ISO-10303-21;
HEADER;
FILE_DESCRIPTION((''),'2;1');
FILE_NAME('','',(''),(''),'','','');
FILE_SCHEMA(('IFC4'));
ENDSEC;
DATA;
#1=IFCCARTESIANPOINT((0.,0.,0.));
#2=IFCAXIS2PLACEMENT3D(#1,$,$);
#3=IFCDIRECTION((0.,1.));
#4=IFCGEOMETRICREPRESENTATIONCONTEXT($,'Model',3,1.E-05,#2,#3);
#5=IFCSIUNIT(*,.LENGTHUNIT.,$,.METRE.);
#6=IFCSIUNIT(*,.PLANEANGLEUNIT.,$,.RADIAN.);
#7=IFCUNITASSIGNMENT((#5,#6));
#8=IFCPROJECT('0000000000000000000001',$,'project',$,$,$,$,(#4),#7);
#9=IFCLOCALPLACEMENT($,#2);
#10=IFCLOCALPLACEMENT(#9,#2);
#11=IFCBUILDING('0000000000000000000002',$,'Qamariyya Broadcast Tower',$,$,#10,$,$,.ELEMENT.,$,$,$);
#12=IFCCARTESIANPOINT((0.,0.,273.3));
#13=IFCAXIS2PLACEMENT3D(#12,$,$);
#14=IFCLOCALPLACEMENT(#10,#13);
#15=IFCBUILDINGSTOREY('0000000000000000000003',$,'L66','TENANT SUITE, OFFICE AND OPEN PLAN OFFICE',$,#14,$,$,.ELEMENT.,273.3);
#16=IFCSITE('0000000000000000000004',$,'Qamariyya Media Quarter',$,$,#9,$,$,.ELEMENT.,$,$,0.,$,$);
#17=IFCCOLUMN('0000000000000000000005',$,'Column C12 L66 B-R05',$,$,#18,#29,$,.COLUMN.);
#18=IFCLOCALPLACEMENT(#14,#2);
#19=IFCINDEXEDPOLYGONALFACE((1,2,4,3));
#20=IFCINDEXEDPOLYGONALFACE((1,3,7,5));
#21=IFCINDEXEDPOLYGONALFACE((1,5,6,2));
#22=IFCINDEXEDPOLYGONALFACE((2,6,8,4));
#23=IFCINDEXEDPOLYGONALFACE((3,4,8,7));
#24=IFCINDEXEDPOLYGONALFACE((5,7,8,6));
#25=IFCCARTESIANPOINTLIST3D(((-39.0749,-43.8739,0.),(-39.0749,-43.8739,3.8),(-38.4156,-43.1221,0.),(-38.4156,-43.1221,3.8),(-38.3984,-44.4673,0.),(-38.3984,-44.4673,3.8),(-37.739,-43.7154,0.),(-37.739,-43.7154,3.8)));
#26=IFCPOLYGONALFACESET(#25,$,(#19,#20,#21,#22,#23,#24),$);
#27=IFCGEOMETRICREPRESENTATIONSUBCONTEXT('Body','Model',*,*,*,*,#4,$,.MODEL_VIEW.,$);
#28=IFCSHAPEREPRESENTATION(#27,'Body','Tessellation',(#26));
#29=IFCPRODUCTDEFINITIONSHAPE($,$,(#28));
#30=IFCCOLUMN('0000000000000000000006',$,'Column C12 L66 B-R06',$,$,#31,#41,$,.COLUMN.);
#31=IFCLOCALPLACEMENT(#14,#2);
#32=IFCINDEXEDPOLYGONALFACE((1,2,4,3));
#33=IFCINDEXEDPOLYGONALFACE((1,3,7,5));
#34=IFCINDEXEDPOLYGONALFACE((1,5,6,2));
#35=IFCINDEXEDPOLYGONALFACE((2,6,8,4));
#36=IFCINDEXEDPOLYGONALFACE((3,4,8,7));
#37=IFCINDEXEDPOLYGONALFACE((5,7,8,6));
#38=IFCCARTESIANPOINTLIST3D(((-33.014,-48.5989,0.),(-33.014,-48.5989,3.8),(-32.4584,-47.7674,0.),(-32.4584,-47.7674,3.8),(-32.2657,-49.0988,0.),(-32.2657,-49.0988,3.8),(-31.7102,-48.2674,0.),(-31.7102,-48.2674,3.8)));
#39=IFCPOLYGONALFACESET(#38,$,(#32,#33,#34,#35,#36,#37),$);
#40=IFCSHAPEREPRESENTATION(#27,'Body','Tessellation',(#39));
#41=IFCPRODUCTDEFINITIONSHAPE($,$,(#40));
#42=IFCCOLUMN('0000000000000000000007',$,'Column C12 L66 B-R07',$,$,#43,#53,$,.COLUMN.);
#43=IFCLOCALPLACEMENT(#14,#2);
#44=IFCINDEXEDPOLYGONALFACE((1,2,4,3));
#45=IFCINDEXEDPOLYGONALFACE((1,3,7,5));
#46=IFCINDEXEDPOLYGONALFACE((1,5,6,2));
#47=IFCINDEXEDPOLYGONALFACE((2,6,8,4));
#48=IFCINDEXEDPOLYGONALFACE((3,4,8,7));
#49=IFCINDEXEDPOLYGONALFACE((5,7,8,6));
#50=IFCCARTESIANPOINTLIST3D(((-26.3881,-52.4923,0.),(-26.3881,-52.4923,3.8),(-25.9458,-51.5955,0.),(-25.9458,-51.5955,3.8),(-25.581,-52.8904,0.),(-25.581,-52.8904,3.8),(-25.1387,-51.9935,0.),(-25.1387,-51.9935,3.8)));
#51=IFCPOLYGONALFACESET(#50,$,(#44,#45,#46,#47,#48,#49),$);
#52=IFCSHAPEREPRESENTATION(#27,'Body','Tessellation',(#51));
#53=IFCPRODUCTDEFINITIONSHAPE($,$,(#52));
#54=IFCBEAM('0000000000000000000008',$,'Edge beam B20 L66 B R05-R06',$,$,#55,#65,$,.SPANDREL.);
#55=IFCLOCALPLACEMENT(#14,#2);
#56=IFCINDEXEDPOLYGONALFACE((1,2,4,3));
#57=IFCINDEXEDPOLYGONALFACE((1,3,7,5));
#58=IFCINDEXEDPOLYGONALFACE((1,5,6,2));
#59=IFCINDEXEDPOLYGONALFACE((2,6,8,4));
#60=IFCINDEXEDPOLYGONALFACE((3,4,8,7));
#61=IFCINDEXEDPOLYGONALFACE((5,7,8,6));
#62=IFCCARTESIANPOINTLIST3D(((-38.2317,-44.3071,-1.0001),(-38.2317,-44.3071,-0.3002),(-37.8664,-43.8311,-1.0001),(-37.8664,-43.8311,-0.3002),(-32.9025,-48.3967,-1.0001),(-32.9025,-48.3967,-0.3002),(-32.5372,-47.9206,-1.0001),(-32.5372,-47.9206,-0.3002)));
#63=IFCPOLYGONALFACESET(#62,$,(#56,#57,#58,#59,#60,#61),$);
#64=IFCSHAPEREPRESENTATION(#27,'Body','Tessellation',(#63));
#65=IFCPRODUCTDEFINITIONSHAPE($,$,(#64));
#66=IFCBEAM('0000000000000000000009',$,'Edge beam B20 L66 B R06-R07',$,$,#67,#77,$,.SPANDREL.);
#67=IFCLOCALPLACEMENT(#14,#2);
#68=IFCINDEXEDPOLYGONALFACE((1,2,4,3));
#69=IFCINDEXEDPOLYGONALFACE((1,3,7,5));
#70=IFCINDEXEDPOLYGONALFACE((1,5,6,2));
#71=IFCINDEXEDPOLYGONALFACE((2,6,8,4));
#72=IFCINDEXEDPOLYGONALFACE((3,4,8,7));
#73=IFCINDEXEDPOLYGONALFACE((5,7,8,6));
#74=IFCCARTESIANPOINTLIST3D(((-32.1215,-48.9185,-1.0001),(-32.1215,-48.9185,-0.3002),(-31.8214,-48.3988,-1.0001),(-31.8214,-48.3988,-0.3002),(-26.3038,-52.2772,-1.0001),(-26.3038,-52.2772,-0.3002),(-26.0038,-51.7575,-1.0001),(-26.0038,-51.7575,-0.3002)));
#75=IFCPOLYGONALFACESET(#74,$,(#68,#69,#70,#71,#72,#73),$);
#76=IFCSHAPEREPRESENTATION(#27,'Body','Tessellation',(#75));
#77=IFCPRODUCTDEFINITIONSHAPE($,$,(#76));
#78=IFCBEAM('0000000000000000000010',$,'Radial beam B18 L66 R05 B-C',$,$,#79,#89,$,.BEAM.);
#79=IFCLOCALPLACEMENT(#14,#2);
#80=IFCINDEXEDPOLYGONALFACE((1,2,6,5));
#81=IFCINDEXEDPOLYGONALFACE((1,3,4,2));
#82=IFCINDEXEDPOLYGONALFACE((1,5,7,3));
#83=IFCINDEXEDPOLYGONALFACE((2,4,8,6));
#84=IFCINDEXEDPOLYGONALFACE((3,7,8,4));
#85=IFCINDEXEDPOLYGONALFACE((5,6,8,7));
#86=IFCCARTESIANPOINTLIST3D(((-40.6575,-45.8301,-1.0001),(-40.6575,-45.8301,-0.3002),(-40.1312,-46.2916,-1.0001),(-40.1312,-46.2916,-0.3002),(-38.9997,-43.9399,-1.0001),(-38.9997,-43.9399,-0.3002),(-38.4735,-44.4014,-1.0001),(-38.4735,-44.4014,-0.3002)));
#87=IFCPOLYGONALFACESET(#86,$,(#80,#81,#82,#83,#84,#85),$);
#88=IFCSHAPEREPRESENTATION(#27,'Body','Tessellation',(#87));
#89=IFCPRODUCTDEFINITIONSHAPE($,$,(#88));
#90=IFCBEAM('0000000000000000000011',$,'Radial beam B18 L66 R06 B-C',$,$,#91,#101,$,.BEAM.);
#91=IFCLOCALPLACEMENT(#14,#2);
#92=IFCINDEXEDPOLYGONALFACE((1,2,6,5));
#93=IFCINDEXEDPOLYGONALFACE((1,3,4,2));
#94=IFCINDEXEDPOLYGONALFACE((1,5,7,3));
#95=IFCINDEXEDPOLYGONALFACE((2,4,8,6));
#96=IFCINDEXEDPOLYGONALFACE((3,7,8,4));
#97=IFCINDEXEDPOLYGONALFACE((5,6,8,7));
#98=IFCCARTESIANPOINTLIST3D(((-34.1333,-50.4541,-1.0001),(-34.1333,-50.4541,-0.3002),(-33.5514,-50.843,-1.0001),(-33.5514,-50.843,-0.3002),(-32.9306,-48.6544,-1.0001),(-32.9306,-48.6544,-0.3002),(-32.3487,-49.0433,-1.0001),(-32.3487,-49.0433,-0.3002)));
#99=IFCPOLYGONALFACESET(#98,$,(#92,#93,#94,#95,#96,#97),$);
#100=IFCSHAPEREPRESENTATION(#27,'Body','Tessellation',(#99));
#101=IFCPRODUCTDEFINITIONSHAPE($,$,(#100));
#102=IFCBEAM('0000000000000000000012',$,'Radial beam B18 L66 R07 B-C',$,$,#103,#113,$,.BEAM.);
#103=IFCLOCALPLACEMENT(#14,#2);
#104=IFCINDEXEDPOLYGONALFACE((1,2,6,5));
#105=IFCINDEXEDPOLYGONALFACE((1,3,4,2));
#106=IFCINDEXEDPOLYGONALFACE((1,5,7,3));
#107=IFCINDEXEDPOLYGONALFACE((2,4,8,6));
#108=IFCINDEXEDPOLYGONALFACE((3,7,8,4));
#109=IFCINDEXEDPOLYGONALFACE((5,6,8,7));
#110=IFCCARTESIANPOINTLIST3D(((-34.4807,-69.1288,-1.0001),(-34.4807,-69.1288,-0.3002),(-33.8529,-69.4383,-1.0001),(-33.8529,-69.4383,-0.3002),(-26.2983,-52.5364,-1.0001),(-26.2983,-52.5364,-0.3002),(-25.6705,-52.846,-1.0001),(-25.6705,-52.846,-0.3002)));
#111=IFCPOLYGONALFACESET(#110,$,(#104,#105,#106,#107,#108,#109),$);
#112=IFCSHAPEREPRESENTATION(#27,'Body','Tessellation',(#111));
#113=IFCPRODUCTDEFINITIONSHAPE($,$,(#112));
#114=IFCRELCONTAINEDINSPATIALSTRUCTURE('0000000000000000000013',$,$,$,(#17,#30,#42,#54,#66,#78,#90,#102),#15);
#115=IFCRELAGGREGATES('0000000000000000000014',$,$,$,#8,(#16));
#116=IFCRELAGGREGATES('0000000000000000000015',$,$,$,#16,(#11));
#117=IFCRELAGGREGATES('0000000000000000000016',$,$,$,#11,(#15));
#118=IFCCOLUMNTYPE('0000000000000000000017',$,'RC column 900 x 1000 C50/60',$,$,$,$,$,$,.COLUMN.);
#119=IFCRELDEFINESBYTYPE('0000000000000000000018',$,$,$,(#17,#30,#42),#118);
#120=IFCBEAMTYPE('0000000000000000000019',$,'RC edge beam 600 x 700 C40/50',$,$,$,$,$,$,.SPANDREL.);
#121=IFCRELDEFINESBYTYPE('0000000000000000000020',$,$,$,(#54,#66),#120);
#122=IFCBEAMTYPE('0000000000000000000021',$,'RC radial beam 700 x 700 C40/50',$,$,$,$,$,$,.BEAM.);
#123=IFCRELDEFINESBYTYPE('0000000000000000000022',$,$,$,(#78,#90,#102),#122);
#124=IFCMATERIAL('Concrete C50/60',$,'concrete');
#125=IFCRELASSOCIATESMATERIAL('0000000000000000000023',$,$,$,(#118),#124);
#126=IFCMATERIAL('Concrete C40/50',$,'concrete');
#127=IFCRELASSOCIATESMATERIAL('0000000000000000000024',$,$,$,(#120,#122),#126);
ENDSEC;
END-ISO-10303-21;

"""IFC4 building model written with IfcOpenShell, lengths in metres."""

from ifc_helpers import new_model, si_unit, direction, frame, origin, origin_2d, place, context, subcontext, project, spatial, rectangle, extrude, material, material_profile, profile_set, type_object, element, save


model = new_model("IFC4")

# Units and contexts
model_context = context("Model", 3, precision=1e-05, world=origin(), true_north=direction((0.0, 1.0)))
body_context = subcontext(model_context, "Body", "Model", "MODEL_VIEW")
ifc_project = project(units=[si_unit("LENGTHUNIT", "METRE"), si_unit("PLANEANGLEUNIT", "RADIAN")], contexts=[model_context])

# Site, building, storey
site_placement = place(None, origin())
site = spatial("IfcSite", under=ifc_project, at=site_placement, Name="Qamariyya Media Quarter", CompositionType="ELEMENT", RefElevation=0.0)
building_placement = place(site_placement, origin())
building = spatial("IfcBuilding", under=site, at=building_placement, Name="Qamariyya Broadcast Tower", CompositionType="ELEMENT")
storey_placement = place(building_placement, frame((0.0, 0.0, 273.3)))
storey = spatial("IfcBuildingStorey", under=building, at=storey_placement, Name="L66", Description="TENANT SUITE, OFFICE AND OPEN PLAN OFFICE", CompositionType="ELEMENT", Elevation=273.3)

# Columns
ifc_material_1 = material(Name="Concrete C50/60", Category="concrete")
ifc_material_profile_1 = material_profile(ifc_material_1, rectangle(XDim=0.8999, YDim=1.0, at=origin_2d()))
ifc_profile_set_1 = profile_set([ifc_material_profile_1], Name="Concrete C50/60")
column_type = type_object("IfcColumnType", Name="RC column 900 x 1000 C50/60", PredefinedType="COLUMN", material=ifc_profile_set_1)
for number, where, z_axis, x_axis, name in (
    (1, (-38.407, -43.7947, 0.0), (0.0, 0.0, 1.0), (0.75184, -0.659346, 0.0), "Column C12 L66 B-R05"),
    (2, (-32.3621, -48.4331, 0.0), (0.0, 0.0, 1.0), (0.83147, -0.55557, 0.0), "Column C12 L66 B-R06"),
    (3, (-25.7634, -52.2429, 0.0), (0.0, 0.0, 1.0), (0.896873, -0.442289, 0.0), "Column C12 L66 B-R07"),
):
    element("IfcColumn", number, at=place(storey_placement, frame(where, z_axis=z_axis, x_axis=x_axis)), inside=storey, type_object=column_type, Name=name, PredefinedType="COLUMN", context=body_context, shape_type="SweptSolid", body=[
        extrude(rectangle(XDim=0.8999, YDim=1.0, at=origin_2d()), origin(), (0.0, 0.0, 1.0), 3.8),
    ])

# Beams
ifc_material_2 = material(Name="Concrete C40/50", Category="concrete")
ifc_material_profile_2 = material_profile(ifc_material_2, rectangle(XDim=0.6001, YDim=0.7, at=origin_2d()))
ifc_profile_set_2 = profile_set([ifc_material_profile_2], Name="Concrete C40/50")
beam_type_1 = type_object("IfcBeamType", Name="RC edge beam 600 x 700 C40/50", PredefinedType="SPANDREL", material=ifc_profile_set_2)
for number, where, z_axis, x_axis, name in (
    (4, (-38.0491, -44.0691, -0.6501), (0.793335, -0.608785, 0.0), (0.608785, 0.793335, 0.0), "Edge beam B20 L66 B R05-R06"),
    (5, (-31.9714, -48.6587, -0.6501), (0.866036, -0.499981, 0.0), (0.499981, 0.866036, 0.0), "Edge beam B20 L66 B R06-R07"),
):
    element("IfcBeam", number, at=place(storey_placement, frame(where, z_axis=z_axis, x_axis=x_axis)), inside=storey, type_object=beam_type_1, Name=name, PredefinedType="SPANDREL", context=body_context, shape_type="SweptSolid", body=[
        extrude(rectangle(XDim=0.6001, YDim=0.7, at=origin_2d()), origin(), (0.0, 0.0, 1.0), 6.7175),
    ])
ifc_material_profile_3 = material_profile(ifc_material_2, rectangle(XDim=0.7, YDim=0.7, at=origin_2d()))
ifc_profile_set_3 = profile_set([ifc_material_profile_3], Name="Concrete C40/50")
beam_type_2 = type_object("IfcBeamType", Name="RC radial beam 700 x 700 C40/50", PredefinedType="BEAM", material=ifc_profile_set_3)
beam_1_placement = place(storey_placement, frame((-38.7366, -44.1707, -0.6501), z_axis=(-0.65937, -0.751818, 0.0), x_axis=(0.751818, -0.65937, 0.0)))
element("IfcBeam", 6, at=beam_1_placement, inside=storey, type_object=beam_type_2, Name="Radial beam B18 L66 R05 B-C", PredefinedType="BEAM", context=body_context, shape_type="SweptSolid", body=[
    extrude(rectangle(XDim=0.7, YDim=0.7, at=origin_2d()), origin(), (0.0, 0.0, 1.0), 2.5142),
])
beam_2_placement = place(storey_placement, frame((-32.6396, -48.8489, -0.6501), z_axis=(-0.555637, -0.831425, 0.0), x_axis=(0.831425, -0.555637, 0.0)))
element("IfcBeam", 7, at=beam_2_placement, inside=storey, type_object=beam_type_2, Name="Radial beam B18 L66 R06 B-C", PredefinedType="BEAM", context=body_context, shape_type="SweptSolid", body=[
    extrude(rectangle(XDim=0.7, YDim=0.7, at=origin_2d()), origin(), (0.0, 0.0, 1.0), 2.1646),
])
beam_3_placement = place(storey_placement, frame((-25.9844, -52.6912, -0.6501), z_axis=(-0.442287, -0.896874, 0.0), x_axis=(0.896874, -0.442287, 0.0)))
element("IfcBeam", 8, at=beam_3_placement, inside=storey, type_object=beam_type_2, Name="Radial beam B18 L66 R07 B-C", PredefinedType="BEAM", context=body_context, shape_type="SweptSolid", body=[
    extrude(rectangle(XDim=0.7, YDim=0.7, at=origin_2d()), origin(), (0.0, 0.0, 1.0), 18.5002),
])

save(model, "model.ifc")
